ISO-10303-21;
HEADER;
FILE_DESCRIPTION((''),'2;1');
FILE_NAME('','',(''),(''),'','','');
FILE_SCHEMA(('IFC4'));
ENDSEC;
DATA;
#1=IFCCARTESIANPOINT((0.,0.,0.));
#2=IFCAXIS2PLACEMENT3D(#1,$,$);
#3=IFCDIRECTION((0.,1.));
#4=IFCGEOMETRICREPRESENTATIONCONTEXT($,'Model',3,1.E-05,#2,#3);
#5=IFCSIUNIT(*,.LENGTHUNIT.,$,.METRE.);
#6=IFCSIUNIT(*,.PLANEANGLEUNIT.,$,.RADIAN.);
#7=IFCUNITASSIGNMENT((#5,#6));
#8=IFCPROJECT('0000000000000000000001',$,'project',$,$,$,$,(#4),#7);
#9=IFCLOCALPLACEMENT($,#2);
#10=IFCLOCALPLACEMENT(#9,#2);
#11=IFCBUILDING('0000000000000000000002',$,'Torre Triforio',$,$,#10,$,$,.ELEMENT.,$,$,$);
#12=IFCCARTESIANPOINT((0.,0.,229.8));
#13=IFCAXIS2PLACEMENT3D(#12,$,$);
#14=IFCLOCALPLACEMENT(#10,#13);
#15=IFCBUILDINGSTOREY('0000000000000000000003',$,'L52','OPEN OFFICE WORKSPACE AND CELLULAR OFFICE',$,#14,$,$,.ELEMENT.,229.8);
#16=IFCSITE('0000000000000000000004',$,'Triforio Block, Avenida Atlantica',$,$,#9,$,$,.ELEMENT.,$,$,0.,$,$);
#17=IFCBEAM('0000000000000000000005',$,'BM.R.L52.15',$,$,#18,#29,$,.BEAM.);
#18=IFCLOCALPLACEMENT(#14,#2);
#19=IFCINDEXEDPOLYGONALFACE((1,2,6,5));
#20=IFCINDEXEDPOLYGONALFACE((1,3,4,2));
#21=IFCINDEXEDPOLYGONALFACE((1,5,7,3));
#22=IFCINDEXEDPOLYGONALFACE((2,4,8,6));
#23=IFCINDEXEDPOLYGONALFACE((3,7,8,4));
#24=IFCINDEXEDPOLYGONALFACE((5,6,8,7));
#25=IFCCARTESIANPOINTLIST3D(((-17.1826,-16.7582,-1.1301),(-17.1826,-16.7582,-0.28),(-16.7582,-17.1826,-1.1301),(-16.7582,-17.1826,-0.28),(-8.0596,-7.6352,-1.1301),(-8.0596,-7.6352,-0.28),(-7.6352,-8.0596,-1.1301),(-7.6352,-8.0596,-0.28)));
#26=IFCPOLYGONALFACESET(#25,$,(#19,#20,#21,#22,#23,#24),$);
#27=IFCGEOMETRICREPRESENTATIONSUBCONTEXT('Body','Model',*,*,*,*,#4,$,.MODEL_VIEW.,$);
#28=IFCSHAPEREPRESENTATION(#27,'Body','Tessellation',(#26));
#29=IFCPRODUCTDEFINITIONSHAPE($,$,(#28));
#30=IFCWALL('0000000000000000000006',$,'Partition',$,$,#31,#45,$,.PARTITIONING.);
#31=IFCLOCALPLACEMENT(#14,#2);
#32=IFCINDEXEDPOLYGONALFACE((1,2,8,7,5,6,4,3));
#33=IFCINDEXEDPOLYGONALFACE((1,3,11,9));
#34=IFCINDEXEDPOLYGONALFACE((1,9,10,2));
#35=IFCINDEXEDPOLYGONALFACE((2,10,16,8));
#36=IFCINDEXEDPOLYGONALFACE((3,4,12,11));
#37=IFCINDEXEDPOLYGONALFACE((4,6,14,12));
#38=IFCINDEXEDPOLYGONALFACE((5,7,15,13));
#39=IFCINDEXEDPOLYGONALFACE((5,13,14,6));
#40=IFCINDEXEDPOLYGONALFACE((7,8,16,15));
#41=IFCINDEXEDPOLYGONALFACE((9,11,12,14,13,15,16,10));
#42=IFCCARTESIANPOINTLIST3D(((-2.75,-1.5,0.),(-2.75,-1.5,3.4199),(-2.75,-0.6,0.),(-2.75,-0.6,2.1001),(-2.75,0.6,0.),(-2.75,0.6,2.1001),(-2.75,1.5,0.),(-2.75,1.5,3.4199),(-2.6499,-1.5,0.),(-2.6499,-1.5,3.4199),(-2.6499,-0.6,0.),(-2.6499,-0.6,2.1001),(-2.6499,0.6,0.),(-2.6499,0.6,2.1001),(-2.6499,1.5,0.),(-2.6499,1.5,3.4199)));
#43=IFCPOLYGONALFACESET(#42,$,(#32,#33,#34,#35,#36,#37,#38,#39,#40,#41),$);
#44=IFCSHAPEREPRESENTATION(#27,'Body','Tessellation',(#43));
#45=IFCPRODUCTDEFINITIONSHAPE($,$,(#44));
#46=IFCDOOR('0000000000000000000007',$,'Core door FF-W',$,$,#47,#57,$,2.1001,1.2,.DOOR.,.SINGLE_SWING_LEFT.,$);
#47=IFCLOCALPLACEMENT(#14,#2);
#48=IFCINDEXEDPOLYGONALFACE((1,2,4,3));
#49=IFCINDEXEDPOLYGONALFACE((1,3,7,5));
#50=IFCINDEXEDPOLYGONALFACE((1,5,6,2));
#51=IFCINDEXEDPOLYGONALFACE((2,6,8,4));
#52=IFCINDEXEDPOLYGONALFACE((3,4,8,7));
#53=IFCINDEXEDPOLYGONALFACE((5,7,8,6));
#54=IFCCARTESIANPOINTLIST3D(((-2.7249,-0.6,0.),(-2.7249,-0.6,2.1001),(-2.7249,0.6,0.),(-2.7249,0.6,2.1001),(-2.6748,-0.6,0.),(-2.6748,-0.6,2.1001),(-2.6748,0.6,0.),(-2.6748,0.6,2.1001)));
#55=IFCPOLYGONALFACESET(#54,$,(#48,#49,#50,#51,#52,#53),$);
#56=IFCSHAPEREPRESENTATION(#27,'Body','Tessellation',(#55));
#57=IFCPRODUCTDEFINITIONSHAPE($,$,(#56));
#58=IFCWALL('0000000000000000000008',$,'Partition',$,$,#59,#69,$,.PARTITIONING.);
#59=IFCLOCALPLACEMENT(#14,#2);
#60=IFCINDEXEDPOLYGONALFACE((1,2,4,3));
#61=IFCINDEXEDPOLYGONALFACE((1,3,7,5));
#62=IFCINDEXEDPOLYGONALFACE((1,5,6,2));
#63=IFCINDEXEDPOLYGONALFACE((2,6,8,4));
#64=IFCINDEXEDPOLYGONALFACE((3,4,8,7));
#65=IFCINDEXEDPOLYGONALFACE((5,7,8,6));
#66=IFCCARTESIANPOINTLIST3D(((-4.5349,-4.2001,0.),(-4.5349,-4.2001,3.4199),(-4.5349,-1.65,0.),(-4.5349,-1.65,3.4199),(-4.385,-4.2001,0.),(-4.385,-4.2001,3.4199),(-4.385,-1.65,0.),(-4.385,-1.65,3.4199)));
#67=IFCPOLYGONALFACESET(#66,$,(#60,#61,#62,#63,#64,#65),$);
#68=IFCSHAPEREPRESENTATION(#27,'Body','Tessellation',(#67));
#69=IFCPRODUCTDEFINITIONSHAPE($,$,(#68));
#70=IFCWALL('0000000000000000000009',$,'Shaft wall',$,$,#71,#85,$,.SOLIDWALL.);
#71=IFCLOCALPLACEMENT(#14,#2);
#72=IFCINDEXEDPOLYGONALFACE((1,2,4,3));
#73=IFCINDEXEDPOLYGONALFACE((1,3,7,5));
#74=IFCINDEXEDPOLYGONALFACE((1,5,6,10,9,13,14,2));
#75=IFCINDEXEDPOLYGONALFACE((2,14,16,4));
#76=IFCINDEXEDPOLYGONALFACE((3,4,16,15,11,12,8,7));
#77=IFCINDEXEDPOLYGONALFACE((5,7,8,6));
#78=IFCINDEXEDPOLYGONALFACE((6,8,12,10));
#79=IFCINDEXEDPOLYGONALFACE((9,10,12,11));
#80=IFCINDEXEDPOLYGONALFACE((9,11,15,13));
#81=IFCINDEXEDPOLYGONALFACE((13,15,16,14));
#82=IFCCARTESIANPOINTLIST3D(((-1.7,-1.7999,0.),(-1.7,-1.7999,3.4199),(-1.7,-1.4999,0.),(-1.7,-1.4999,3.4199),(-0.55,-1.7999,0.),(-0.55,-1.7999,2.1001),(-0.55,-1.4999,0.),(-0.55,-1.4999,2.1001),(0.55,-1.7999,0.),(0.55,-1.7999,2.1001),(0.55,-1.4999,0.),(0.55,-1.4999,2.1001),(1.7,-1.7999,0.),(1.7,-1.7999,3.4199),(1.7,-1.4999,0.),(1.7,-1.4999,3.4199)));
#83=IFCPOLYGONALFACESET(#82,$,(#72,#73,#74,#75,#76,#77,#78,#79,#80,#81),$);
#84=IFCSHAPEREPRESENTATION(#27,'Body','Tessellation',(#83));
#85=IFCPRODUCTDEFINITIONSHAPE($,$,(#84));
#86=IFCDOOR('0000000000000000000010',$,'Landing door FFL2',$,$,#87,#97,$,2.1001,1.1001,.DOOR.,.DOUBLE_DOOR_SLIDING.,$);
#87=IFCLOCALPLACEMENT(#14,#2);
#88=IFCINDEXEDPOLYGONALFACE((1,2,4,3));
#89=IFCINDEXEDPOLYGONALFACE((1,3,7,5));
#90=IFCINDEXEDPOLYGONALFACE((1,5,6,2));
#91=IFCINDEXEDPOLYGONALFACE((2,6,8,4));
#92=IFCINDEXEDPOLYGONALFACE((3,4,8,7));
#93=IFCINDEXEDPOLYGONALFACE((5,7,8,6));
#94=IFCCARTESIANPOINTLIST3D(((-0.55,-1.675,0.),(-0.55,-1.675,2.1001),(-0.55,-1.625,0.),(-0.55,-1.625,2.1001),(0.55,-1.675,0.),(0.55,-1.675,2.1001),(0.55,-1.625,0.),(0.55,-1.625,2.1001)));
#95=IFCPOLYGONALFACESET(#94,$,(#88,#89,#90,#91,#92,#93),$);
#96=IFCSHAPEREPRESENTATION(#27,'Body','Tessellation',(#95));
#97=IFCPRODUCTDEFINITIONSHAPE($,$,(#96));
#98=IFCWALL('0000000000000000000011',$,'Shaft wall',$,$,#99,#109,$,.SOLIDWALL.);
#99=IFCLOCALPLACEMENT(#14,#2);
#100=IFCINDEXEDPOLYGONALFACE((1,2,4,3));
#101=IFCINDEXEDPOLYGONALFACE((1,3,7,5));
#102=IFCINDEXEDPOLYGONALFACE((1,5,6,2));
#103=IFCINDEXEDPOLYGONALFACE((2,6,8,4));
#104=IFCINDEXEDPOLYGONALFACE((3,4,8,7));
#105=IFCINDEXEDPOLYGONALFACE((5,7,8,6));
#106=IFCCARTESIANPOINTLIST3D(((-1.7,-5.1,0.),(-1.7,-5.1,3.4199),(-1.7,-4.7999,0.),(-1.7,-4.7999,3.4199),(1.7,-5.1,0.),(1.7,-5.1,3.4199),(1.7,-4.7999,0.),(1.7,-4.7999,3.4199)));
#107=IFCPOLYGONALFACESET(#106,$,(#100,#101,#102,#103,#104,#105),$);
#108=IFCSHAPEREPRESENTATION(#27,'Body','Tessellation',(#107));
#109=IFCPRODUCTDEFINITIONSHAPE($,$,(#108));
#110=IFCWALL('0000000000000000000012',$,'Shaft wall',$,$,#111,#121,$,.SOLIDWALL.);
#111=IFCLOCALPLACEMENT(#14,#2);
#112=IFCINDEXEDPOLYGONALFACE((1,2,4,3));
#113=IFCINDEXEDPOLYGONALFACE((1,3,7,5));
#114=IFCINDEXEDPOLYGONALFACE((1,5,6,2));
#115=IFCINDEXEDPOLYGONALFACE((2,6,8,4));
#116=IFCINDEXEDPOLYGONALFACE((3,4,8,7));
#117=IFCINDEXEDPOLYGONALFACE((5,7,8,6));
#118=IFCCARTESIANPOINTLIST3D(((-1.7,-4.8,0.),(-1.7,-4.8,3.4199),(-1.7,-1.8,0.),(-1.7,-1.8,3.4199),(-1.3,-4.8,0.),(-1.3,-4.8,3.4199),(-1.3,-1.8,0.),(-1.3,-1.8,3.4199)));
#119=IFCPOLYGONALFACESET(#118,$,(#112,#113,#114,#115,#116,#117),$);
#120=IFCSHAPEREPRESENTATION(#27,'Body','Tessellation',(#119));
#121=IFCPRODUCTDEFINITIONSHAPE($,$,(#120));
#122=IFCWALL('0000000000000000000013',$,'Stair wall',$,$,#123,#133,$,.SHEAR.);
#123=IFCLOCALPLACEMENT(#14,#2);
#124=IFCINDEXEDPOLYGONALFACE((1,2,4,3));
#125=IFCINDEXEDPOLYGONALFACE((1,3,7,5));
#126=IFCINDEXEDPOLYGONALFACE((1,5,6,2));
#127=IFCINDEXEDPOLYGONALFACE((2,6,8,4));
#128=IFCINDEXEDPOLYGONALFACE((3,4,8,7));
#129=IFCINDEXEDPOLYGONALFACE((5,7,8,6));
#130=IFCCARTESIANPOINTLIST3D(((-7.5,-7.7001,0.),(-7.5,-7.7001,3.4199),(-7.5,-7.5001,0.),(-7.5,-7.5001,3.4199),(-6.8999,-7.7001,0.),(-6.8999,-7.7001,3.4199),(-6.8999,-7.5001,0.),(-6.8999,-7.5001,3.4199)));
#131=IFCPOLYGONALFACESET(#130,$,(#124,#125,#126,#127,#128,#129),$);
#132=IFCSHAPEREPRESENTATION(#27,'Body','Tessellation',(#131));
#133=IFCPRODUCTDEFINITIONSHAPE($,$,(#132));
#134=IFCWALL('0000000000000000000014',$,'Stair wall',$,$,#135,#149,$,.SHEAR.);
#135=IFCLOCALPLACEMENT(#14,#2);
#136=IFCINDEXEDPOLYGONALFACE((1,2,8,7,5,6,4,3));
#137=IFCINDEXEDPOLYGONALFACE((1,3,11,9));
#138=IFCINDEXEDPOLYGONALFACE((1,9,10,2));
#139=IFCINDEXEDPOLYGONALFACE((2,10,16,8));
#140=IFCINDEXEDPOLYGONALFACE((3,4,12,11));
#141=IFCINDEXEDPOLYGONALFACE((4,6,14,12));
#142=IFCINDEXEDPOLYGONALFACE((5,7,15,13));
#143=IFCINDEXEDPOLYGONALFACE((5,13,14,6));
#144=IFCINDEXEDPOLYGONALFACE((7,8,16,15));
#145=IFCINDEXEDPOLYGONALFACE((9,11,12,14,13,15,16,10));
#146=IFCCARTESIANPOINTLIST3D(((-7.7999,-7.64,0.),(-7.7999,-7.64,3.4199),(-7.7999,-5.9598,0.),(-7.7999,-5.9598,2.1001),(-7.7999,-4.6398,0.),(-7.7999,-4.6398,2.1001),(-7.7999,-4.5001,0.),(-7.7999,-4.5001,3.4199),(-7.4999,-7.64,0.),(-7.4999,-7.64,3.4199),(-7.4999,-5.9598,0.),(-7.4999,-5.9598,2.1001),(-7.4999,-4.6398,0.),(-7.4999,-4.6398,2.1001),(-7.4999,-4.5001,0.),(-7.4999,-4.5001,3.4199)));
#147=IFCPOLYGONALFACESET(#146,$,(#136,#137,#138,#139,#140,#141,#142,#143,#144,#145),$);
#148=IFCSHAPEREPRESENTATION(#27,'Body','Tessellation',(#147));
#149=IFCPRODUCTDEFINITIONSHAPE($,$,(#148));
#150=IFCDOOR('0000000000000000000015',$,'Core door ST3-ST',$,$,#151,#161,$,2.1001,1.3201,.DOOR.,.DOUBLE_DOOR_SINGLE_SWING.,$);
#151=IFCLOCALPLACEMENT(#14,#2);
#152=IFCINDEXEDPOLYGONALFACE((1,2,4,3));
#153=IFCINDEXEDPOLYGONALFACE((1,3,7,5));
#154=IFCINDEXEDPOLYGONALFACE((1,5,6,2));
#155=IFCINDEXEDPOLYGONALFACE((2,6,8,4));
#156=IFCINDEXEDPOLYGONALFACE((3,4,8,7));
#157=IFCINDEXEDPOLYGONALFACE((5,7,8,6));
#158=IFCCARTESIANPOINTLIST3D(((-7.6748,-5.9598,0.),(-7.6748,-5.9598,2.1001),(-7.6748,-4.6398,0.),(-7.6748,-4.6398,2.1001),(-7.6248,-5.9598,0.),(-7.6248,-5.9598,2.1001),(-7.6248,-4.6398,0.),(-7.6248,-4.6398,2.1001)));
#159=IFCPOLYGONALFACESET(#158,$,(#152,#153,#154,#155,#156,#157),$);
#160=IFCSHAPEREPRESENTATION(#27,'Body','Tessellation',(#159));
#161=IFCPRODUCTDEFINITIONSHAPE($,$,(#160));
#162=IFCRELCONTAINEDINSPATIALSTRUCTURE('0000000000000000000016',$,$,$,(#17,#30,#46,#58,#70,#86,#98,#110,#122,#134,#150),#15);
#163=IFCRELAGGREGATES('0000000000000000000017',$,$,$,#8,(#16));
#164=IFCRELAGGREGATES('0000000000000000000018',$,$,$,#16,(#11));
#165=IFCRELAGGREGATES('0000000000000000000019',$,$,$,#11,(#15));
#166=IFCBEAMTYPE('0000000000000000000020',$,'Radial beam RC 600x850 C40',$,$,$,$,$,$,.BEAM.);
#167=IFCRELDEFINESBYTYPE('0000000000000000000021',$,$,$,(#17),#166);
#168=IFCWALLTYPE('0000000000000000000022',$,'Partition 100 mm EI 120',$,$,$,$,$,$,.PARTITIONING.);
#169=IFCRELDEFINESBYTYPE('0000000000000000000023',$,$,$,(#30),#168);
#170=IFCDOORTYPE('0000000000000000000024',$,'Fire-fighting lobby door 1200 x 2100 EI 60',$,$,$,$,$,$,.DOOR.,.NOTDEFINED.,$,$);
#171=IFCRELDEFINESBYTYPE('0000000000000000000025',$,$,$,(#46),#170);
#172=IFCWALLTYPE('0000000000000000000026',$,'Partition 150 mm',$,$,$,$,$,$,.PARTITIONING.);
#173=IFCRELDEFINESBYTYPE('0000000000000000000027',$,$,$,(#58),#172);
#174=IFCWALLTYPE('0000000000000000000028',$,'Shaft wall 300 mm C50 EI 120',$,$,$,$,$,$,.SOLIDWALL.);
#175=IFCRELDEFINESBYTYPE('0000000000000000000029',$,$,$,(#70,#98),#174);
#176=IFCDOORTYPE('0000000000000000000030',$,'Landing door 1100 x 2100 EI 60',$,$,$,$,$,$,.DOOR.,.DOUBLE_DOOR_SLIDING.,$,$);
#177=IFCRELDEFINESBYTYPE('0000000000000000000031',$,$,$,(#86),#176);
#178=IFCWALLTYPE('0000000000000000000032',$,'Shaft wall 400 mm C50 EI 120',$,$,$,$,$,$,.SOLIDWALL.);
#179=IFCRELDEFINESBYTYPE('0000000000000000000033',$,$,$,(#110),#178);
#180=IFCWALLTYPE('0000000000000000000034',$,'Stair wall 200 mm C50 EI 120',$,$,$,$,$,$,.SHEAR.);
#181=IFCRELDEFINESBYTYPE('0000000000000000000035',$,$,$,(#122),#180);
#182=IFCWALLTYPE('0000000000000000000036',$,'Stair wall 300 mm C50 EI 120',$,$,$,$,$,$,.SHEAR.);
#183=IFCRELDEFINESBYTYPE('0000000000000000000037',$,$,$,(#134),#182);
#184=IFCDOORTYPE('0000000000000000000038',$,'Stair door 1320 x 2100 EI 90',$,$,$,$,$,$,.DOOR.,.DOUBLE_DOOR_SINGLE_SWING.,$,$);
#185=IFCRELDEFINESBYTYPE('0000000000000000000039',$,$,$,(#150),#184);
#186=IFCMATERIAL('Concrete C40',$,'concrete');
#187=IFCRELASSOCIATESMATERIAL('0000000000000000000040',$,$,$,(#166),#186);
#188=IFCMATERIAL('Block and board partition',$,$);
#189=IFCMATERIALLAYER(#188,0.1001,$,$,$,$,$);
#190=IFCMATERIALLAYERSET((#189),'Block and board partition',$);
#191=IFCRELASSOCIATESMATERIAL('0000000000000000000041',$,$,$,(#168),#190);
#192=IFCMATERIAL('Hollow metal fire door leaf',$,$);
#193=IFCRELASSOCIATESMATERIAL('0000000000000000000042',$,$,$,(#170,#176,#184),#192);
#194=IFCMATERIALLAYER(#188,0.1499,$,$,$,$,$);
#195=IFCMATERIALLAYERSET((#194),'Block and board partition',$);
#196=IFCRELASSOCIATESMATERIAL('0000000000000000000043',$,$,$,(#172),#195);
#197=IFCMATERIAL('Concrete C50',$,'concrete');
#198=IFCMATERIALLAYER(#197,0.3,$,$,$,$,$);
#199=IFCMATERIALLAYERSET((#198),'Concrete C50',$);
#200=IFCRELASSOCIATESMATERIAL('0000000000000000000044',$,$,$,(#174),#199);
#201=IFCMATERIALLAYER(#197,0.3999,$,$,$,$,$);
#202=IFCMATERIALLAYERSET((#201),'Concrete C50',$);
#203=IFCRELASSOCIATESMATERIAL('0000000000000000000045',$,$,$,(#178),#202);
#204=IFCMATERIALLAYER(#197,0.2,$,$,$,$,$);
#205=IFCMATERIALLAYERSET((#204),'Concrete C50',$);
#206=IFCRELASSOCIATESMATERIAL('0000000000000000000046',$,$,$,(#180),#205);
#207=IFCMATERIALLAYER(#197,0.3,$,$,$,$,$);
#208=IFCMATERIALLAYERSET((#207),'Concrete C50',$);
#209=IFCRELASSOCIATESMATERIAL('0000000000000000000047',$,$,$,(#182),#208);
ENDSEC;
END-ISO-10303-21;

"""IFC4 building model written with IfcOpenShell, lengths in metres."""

from ifc_helpers import new_model, si_unit, direction, frame, frame_2d, origin, origin_2d, place, context, subcontext, project, spatial, rectangle, extrude, material, layer, layer_set, material_profile, profile_set, type_object, element, fill, save


model = new_model("IFC4")

# Units and contexts
model_context = context("Model", 3, precision=1e-05, world=origin(), true_north=direction((0.0, 1.0)))
body_context = subcontext(model_context, "Body", "Model", "MODEL_VIEW")
ifc_project = project(units=[si_unit("LENGTHUNIT", "METRE"), si_unit("PLANEANGLEUNIT", "RADIAN")], contexts=[model_context])

# Site, building, storey
site_placement = place(None, origin())
site = spatial("IfcSite", under=ifc_project, at=site_placement, Name="Triforio Block, Avenida Atlantica", CompositionType="ELEMENT", RefElevation=0.0)
building_placement = place(site_placement, origin())
building = spatial("IfcBuilding", under=site, at=building_placement, Name="Torre Triforio", CompositionType="ELEMENT")
storey_placement = place(building_placement, frame((0.0, 0.0, 229.8)))
storey = spatial("IfcBuildingStorey", under=building, at=storey_placement, Name="L52", Description="OPEN OFFICE WORKSPACE AND CELLULAR OFFICE", CompositionType="ELEMENT", Elevation=229.8)

# Beam
ifc_material_1 = material(Name="Concrete C40", Category="concrete")
ifc_material_profile = material_profile(ifc_material_1, rectangle(XDim=0.6001, YDim=0.8501, at=origin_2d()), Name="RC 600x850")
ifc_profile_set = profile_set([ifc_material_profile], Name="Concrete C40")
beam_type = type_object("IfcBeamType", Name="Radial beam RC 600x850 C40", PredefinedType="BEAM", material=ifc_profile_set)
beam_placement = place(storey_placement, frame((-7.8474, -7.8474, -0.7051), z_axis=(-0.707107, -0.707107, 0.0), x_axis=(0.707107, -0.707107, 0.0)))
element("IfcBeam", 1, at=beam_placement, inside=storey, type_object=beam_type, Name="BM.R.L52.15", PredefinedType="BEAM", context=body_context, shape_type="SweptSolid", body=[
    extrude(rectangle(XDim=0.6001, YDim=0.8501, at=origin_2d()), origin(), (0.0, 0.0, 1.0), 12.9019),
])

# Wall, opening, door
ifc_material_2 = material(Name="Block and board partition")
ifc_layer_1 = layer(ifc_material_2, 0.1001)
ifc_layer_set_1 = layer_set([ifc_layer_1], Name="Block and board partition")
wall_type_1 = type_object("IfcWallType", Name="Partition 100 mm EI 120", PredefinedType="PARTITIONING", material=ifc_layer_set_1)
wall_1_placement = place(storey_placement, frame((-2.7, -1.5, 0.0), z_axis=(0.0, 0.0, 1.0), x_axis=(0.0, 1.0, 0.0)))
wall_1 = element("IfcWall", 2, at=wall_1_placement, inside=storey, type_object=wall_type_1, Name="Partition", PredefinedType="PARTITIONING", context=body_context, shape_type="SweptSolid", body=[
    extrude(rectangle(XDim=3.0, YDim=0.1001, at=frame_2d((1.5, 0.0))), origin(), (0.0, 0.0, 1.0), 3.4199),
])
opening_1_placement = place(wall_1_placement, frame((0.8999, 0.0, 0.0)))
opening_1 = element("IfcOpeningElement", 3, at=opening_1_placement, cuts=wall_1, PredefinedType="OPENING", context=body_context, shape_type="SweptSolid", body=[
    extrude(rectangle(XDim=1.2, YDim=2.1001, at=frame_2d((0.6001, 1.05))), frame((0.0, 0.0601, 0.0), z_axis=(0.0, -1.0, 0.0), x_axis=(1.0, 0.0, 0.0)), (0.0, 0.0, 1.0), 0.1201),
])
ifc_material_3 = material(Name="Hollow metal fire door leaf")
door_type_1 = type_object("IfcDoorType", Name="Fire-fighting lobby door 1200 x 2100 EI 60", OperationType="NOTDEFINED", PredefinedType="DOOR", material=ifc_material_3)
door_1_placement = place(opening_1_placement, origin())
door_1 = element("IfcDoor", 4, at=door_1_placement, inside=storey, type_object=door_type_1, Name="Core door FF-W", OperationType="SINGLE_SWING_LEFT", OverallHeight=2.1001, OverallWidth=1.2, PredefinedType="DOOR", context=body_context, shape_type="SweptSolid", body=[
    extrude(rectangle(XDim=1.2, YDim=2.1001, at=frame_2d((0.6001, 1.05))), frame((0.0, 0.0249, 0.0), z_axis=(0.0, -1.0, 0.0), x_axis=(1.0, 0.0, 0.0)), (0.0, 0.0, 1.0), 0.05),
])
fill(opening_1, door_1)

# Wall
ifc_layer_2 = layer(ifc_material_2, 0.1499)
ifc_layer_set_2 = layer_set([ifc_layer_2], Name="Block and board partition")
wall_type_2 = type_object("IfcWallType", Name="Partition 150 mm", PredefinedType="PARTITIONING", material=ifc_layer_set_2)
wall_2_placement = place(storey_placement, frame((-4.46, -4.2, 0.0), z_axis=(0.0, 0.0, 1.0), x_axis=(0.0, 1.0, 0.0)))
element("IfcWall", 5, at=wall_2_placement, inside=storey, type_object=wall_type_2, Name="Partition", PredefinedType="PARTITIONING", context=body_context, shape_type="SweptSolid", body=[
    extrude(rectangle(XDim=2.55, YDim=0.1499, at=frame_2d((1.2749, 0.0))), origin(), (0.0, 0.0, 1.0), 3.4199),
])

# Wall, opening, door
ifc_material_4 = material(Name="Concrete C50", Category="concrete")
ifc_layer_3 = layer(ifc_material_4, 0.3)
ifc_layer_set_3 = layer_set([ifc_layer_3], Name="Concrete C50")
wall_type_3 = type_object("IfcWallType", Name="Shaft wall 300 mm C50 EI 120", PredefinedType="SOLIDWALL", material=ifc_layer_set_3)
wall_3_placement = place(storey_placement, frame((-1.7, -1.6499, 0.0), z_axis=(0.0, 0.0, 1.0), x_axis=(1.0, 0.0, 0.0)))
wall_3 = element("IfcWall", 6, at=wall_3_placement, inside=storey, type_object=wall_type_3, Name="Shaft wall", PredefinedType="SOLIDWALL", context=body_context, shape_type="SweptSolid", body=[
    extrude(rectangle(XDim=3.3999, YDim=0.3, at=frame_2d((1.7, 0.0))), origin(), (0.0, 0.0, 1.0), 3.4199),
])
opening_2_placement = place(wall_3_placement, frame((1.1499, 0.0, 0.0)))
opening_2 = element("IfcOpeningElement", 7, at=opening_2_placement, cuts=wall_3, PredefinedType="OPENING", context=body_context, shape_type="SweptSolid", body=[
    extrude(rectangle(XDim=1.1001, YDim=2.1001, at=frame_2d((0.55, 1.05))), frame((0.0, 0.1599, 0.0), z_axis=(0.0, -1.0, 0.0), x_axis=(1.0, 0.0, 0.0)), (0.0, 0.0, 1.0), 0.3201),
])
door_type_2 = type_object("IfcDoorType", Name="Landing door 1100 x 2100 EI 60", OperationType="DOUBLE_DOOR_SLIDING", PredefinedType="DOOR", material=ifc_material_3)
door_2_placement = place(opening_2_placement, origin())
door_2 = element("IfcDoor", 8, at=door_2_placement, inside=storey, type_object=door_type_2, Name="Landing door FFL2", OperationType="DOUBLE_DOOR_SLIDING", OverallHeight=2.1001, OverallWidth=1.1001, PredefinedType="DOOR", context=body_context, shape_type="SweptSolid", body=[
    extrude(rectangle(XDim=1.1001, YDim=2.1001, at=frame_2d((0.55, 1.05))), frame((0.0, 0.0249, 0.0), z_axis=(0.0, -1.0, 0.0), x_axis=(1.0, 0.0, 0.0)), (0.0, 0.0, 1.0), 0.05),
])
fill(opening_2, door_2)

# Walls
wall_4_placement = place(storey_placement, frame((-1.7, -4.95, 0.0), z_axis=(0.0, 0.0, 1.0), x_axis=(1.0, 0.0, 0.0)))
element("IfcWall", 9, at=wall_4_placement, inside=storey, type_object=wall_type_3, Name="Shaft wall", PredefinedType="SOLIDWALL", context=body_context, shape_type="SweptSolid", body=[
    extrude(rectangle(XDim=3.3999, YDim=0.3, at=frame_2d((1.7, 0.0))), origin(), (0.0, 0.0, 1.0), 3.4199),
])
ifc_layer_4 = layer(ifc_material_4, 0.3999)
ifc_layer_set_4 = layer_set([ifc_layer_4], Name="Concrete C50")
wall_type_4 = type_object("IfcWallType", Name="Shaft wall 400 mm C50 EI 120", PredefinedType="SOLIDWALL", material=ifc_layer_set_4)
wall_5_placement = place(storey_placement, frame((-1.5, -4.8, 0.0), z_axis=(0.0, 0.0, 1.0), x_axis=(0.0, 1.0, 0.0)))
element("IfcWall", 10, at=wall_5_placement, inside=storey, type_object=wall_type_4, Name="Shaft wall", PredefinedType="SOLIDWALL", context=body_context, shape_type="SweptSolid", body=[
    extrude(rectangle(XDim=3.0, YDim=0.3999, at=frame_2d((1.5, 0.0))), origin(), (0.0, 0.0, 1.0), 3.4199),
])
ifc_layer_5 = layer(ifc_material_4, 0.2)
ifc_layer_set_5 = layer_set([ifc_layer_5], Name="Concrete C50")
wall_type_5 = type_object("IfcWallType", Name="Stair wall 200 mm C50 EI 120", PredefinedType="SHEAR", material=ifc_layer_set_5)
wall_6_placement = place(storey_placement, frame((-7.5, -7.6001, 0.0), z_axis=(0.0, 0.0, 1.0), x_axis=(1.0, 0.0, 0.0)))
element("IfcWall", 11, at=wall_6_placement, inside=storey, type_object=wall_type_5, Name="Stair wall", PredefinedType="SHEAR", context=body_context, shape_type="SweptSolid", body=[
    extrude(rectangle(XDim=0.6001, YDim=0.2, at=frame_2d((0.3, 0.0))), origin(), (0.0, 0.0, 1.0), 3.4199),
])

# Wall, opening, door
ifc_layer_6 = layer(ifc_material_4, 0.3)
ifc_layer_set_6 = layer_set([ifc_layer_6], Name="Concrete C50")
wall_type_6 = type_object("IfcWallType", Name="Stair wall 300 mm C50 EI 120", PredefinedType="SHEAR", material=ifc_layer_set_6)
wall_7_placement = place(storey_placement, frame((-7.6499, -7.6399, 0.0), z_axis=(0.0, 0.0, 1.0), x_axis=(0.0, 1.0, 0.0)))
wall_7 = element("IfcWall", 12, at=wall_7_placement, inside=storey, type_object=wall_type_6, Name="Stair wall", PredefinedType="SHEAR", context=body_context, shape_type="SweptSolid", body=[
    extrude(rectangle(XDim=3.1399, YDim=0.3, at=frame_2d((1.5698, 0.0))), origin(), (0.0, 0.0, 1.0), 3.4199),
])
opening_3_placement = place(wall_7_placement, frame((1.6799, 0.0, 0.0)))
opening_3 = element("IfcOpeningElement", 13, at=opening_3_placement, cuts=wall_7, PredefinedType="OPENING", context=body_context, shape_type="SweptSolid", body=[
    extrude(rectangle(XDim=1.3201, YDim=2.1001, at=frame_2d((0.6602, 1.05))), frame((0.0, 0.1599, 0.0), z_axis=(0.0, -1.0, 0.0), x_axis=(1.0, 0.0, 0.0)), (0.0, 0.0, 1.0), 0.3201),
])
door_type_3 = type_object("IfcDoorType", Name="Stair door 1320 x 2100 EI 90", OperationType="DOUBLE_DOOR_SINGLE_SWING", PredefinedType="DOOR", material=ifc_material_3)
door_3_placement = place(opening_3_placement, origin())
door_3 = element("IfcDoor", 14, at=door_3_placement, inside=storey, type_object=door_type_3, Name="Core door ST3-ST", OperationType="DOUBLE_DOOR_SINGLE_SWING", OverallHeight=2.1001, OverallWidth=1.3201, PredefinedType="DOOR", context=body_context, shape_type="SweptSolid", body=[
    extrude(rectangle(XDim=1.3201, YDim=2.1001, at=frame_2d((0.6602, 1.05))), frame((0.0, 0.0249, 0.0), z_axis=(0.0, -1.0, 0.0), x_axis=(1.0, 0.0, 0.0)), (0.0, 0.0, 1.0), 0.05),
])
fill(opening_3, door_3)

save(model, "model.ifc")
